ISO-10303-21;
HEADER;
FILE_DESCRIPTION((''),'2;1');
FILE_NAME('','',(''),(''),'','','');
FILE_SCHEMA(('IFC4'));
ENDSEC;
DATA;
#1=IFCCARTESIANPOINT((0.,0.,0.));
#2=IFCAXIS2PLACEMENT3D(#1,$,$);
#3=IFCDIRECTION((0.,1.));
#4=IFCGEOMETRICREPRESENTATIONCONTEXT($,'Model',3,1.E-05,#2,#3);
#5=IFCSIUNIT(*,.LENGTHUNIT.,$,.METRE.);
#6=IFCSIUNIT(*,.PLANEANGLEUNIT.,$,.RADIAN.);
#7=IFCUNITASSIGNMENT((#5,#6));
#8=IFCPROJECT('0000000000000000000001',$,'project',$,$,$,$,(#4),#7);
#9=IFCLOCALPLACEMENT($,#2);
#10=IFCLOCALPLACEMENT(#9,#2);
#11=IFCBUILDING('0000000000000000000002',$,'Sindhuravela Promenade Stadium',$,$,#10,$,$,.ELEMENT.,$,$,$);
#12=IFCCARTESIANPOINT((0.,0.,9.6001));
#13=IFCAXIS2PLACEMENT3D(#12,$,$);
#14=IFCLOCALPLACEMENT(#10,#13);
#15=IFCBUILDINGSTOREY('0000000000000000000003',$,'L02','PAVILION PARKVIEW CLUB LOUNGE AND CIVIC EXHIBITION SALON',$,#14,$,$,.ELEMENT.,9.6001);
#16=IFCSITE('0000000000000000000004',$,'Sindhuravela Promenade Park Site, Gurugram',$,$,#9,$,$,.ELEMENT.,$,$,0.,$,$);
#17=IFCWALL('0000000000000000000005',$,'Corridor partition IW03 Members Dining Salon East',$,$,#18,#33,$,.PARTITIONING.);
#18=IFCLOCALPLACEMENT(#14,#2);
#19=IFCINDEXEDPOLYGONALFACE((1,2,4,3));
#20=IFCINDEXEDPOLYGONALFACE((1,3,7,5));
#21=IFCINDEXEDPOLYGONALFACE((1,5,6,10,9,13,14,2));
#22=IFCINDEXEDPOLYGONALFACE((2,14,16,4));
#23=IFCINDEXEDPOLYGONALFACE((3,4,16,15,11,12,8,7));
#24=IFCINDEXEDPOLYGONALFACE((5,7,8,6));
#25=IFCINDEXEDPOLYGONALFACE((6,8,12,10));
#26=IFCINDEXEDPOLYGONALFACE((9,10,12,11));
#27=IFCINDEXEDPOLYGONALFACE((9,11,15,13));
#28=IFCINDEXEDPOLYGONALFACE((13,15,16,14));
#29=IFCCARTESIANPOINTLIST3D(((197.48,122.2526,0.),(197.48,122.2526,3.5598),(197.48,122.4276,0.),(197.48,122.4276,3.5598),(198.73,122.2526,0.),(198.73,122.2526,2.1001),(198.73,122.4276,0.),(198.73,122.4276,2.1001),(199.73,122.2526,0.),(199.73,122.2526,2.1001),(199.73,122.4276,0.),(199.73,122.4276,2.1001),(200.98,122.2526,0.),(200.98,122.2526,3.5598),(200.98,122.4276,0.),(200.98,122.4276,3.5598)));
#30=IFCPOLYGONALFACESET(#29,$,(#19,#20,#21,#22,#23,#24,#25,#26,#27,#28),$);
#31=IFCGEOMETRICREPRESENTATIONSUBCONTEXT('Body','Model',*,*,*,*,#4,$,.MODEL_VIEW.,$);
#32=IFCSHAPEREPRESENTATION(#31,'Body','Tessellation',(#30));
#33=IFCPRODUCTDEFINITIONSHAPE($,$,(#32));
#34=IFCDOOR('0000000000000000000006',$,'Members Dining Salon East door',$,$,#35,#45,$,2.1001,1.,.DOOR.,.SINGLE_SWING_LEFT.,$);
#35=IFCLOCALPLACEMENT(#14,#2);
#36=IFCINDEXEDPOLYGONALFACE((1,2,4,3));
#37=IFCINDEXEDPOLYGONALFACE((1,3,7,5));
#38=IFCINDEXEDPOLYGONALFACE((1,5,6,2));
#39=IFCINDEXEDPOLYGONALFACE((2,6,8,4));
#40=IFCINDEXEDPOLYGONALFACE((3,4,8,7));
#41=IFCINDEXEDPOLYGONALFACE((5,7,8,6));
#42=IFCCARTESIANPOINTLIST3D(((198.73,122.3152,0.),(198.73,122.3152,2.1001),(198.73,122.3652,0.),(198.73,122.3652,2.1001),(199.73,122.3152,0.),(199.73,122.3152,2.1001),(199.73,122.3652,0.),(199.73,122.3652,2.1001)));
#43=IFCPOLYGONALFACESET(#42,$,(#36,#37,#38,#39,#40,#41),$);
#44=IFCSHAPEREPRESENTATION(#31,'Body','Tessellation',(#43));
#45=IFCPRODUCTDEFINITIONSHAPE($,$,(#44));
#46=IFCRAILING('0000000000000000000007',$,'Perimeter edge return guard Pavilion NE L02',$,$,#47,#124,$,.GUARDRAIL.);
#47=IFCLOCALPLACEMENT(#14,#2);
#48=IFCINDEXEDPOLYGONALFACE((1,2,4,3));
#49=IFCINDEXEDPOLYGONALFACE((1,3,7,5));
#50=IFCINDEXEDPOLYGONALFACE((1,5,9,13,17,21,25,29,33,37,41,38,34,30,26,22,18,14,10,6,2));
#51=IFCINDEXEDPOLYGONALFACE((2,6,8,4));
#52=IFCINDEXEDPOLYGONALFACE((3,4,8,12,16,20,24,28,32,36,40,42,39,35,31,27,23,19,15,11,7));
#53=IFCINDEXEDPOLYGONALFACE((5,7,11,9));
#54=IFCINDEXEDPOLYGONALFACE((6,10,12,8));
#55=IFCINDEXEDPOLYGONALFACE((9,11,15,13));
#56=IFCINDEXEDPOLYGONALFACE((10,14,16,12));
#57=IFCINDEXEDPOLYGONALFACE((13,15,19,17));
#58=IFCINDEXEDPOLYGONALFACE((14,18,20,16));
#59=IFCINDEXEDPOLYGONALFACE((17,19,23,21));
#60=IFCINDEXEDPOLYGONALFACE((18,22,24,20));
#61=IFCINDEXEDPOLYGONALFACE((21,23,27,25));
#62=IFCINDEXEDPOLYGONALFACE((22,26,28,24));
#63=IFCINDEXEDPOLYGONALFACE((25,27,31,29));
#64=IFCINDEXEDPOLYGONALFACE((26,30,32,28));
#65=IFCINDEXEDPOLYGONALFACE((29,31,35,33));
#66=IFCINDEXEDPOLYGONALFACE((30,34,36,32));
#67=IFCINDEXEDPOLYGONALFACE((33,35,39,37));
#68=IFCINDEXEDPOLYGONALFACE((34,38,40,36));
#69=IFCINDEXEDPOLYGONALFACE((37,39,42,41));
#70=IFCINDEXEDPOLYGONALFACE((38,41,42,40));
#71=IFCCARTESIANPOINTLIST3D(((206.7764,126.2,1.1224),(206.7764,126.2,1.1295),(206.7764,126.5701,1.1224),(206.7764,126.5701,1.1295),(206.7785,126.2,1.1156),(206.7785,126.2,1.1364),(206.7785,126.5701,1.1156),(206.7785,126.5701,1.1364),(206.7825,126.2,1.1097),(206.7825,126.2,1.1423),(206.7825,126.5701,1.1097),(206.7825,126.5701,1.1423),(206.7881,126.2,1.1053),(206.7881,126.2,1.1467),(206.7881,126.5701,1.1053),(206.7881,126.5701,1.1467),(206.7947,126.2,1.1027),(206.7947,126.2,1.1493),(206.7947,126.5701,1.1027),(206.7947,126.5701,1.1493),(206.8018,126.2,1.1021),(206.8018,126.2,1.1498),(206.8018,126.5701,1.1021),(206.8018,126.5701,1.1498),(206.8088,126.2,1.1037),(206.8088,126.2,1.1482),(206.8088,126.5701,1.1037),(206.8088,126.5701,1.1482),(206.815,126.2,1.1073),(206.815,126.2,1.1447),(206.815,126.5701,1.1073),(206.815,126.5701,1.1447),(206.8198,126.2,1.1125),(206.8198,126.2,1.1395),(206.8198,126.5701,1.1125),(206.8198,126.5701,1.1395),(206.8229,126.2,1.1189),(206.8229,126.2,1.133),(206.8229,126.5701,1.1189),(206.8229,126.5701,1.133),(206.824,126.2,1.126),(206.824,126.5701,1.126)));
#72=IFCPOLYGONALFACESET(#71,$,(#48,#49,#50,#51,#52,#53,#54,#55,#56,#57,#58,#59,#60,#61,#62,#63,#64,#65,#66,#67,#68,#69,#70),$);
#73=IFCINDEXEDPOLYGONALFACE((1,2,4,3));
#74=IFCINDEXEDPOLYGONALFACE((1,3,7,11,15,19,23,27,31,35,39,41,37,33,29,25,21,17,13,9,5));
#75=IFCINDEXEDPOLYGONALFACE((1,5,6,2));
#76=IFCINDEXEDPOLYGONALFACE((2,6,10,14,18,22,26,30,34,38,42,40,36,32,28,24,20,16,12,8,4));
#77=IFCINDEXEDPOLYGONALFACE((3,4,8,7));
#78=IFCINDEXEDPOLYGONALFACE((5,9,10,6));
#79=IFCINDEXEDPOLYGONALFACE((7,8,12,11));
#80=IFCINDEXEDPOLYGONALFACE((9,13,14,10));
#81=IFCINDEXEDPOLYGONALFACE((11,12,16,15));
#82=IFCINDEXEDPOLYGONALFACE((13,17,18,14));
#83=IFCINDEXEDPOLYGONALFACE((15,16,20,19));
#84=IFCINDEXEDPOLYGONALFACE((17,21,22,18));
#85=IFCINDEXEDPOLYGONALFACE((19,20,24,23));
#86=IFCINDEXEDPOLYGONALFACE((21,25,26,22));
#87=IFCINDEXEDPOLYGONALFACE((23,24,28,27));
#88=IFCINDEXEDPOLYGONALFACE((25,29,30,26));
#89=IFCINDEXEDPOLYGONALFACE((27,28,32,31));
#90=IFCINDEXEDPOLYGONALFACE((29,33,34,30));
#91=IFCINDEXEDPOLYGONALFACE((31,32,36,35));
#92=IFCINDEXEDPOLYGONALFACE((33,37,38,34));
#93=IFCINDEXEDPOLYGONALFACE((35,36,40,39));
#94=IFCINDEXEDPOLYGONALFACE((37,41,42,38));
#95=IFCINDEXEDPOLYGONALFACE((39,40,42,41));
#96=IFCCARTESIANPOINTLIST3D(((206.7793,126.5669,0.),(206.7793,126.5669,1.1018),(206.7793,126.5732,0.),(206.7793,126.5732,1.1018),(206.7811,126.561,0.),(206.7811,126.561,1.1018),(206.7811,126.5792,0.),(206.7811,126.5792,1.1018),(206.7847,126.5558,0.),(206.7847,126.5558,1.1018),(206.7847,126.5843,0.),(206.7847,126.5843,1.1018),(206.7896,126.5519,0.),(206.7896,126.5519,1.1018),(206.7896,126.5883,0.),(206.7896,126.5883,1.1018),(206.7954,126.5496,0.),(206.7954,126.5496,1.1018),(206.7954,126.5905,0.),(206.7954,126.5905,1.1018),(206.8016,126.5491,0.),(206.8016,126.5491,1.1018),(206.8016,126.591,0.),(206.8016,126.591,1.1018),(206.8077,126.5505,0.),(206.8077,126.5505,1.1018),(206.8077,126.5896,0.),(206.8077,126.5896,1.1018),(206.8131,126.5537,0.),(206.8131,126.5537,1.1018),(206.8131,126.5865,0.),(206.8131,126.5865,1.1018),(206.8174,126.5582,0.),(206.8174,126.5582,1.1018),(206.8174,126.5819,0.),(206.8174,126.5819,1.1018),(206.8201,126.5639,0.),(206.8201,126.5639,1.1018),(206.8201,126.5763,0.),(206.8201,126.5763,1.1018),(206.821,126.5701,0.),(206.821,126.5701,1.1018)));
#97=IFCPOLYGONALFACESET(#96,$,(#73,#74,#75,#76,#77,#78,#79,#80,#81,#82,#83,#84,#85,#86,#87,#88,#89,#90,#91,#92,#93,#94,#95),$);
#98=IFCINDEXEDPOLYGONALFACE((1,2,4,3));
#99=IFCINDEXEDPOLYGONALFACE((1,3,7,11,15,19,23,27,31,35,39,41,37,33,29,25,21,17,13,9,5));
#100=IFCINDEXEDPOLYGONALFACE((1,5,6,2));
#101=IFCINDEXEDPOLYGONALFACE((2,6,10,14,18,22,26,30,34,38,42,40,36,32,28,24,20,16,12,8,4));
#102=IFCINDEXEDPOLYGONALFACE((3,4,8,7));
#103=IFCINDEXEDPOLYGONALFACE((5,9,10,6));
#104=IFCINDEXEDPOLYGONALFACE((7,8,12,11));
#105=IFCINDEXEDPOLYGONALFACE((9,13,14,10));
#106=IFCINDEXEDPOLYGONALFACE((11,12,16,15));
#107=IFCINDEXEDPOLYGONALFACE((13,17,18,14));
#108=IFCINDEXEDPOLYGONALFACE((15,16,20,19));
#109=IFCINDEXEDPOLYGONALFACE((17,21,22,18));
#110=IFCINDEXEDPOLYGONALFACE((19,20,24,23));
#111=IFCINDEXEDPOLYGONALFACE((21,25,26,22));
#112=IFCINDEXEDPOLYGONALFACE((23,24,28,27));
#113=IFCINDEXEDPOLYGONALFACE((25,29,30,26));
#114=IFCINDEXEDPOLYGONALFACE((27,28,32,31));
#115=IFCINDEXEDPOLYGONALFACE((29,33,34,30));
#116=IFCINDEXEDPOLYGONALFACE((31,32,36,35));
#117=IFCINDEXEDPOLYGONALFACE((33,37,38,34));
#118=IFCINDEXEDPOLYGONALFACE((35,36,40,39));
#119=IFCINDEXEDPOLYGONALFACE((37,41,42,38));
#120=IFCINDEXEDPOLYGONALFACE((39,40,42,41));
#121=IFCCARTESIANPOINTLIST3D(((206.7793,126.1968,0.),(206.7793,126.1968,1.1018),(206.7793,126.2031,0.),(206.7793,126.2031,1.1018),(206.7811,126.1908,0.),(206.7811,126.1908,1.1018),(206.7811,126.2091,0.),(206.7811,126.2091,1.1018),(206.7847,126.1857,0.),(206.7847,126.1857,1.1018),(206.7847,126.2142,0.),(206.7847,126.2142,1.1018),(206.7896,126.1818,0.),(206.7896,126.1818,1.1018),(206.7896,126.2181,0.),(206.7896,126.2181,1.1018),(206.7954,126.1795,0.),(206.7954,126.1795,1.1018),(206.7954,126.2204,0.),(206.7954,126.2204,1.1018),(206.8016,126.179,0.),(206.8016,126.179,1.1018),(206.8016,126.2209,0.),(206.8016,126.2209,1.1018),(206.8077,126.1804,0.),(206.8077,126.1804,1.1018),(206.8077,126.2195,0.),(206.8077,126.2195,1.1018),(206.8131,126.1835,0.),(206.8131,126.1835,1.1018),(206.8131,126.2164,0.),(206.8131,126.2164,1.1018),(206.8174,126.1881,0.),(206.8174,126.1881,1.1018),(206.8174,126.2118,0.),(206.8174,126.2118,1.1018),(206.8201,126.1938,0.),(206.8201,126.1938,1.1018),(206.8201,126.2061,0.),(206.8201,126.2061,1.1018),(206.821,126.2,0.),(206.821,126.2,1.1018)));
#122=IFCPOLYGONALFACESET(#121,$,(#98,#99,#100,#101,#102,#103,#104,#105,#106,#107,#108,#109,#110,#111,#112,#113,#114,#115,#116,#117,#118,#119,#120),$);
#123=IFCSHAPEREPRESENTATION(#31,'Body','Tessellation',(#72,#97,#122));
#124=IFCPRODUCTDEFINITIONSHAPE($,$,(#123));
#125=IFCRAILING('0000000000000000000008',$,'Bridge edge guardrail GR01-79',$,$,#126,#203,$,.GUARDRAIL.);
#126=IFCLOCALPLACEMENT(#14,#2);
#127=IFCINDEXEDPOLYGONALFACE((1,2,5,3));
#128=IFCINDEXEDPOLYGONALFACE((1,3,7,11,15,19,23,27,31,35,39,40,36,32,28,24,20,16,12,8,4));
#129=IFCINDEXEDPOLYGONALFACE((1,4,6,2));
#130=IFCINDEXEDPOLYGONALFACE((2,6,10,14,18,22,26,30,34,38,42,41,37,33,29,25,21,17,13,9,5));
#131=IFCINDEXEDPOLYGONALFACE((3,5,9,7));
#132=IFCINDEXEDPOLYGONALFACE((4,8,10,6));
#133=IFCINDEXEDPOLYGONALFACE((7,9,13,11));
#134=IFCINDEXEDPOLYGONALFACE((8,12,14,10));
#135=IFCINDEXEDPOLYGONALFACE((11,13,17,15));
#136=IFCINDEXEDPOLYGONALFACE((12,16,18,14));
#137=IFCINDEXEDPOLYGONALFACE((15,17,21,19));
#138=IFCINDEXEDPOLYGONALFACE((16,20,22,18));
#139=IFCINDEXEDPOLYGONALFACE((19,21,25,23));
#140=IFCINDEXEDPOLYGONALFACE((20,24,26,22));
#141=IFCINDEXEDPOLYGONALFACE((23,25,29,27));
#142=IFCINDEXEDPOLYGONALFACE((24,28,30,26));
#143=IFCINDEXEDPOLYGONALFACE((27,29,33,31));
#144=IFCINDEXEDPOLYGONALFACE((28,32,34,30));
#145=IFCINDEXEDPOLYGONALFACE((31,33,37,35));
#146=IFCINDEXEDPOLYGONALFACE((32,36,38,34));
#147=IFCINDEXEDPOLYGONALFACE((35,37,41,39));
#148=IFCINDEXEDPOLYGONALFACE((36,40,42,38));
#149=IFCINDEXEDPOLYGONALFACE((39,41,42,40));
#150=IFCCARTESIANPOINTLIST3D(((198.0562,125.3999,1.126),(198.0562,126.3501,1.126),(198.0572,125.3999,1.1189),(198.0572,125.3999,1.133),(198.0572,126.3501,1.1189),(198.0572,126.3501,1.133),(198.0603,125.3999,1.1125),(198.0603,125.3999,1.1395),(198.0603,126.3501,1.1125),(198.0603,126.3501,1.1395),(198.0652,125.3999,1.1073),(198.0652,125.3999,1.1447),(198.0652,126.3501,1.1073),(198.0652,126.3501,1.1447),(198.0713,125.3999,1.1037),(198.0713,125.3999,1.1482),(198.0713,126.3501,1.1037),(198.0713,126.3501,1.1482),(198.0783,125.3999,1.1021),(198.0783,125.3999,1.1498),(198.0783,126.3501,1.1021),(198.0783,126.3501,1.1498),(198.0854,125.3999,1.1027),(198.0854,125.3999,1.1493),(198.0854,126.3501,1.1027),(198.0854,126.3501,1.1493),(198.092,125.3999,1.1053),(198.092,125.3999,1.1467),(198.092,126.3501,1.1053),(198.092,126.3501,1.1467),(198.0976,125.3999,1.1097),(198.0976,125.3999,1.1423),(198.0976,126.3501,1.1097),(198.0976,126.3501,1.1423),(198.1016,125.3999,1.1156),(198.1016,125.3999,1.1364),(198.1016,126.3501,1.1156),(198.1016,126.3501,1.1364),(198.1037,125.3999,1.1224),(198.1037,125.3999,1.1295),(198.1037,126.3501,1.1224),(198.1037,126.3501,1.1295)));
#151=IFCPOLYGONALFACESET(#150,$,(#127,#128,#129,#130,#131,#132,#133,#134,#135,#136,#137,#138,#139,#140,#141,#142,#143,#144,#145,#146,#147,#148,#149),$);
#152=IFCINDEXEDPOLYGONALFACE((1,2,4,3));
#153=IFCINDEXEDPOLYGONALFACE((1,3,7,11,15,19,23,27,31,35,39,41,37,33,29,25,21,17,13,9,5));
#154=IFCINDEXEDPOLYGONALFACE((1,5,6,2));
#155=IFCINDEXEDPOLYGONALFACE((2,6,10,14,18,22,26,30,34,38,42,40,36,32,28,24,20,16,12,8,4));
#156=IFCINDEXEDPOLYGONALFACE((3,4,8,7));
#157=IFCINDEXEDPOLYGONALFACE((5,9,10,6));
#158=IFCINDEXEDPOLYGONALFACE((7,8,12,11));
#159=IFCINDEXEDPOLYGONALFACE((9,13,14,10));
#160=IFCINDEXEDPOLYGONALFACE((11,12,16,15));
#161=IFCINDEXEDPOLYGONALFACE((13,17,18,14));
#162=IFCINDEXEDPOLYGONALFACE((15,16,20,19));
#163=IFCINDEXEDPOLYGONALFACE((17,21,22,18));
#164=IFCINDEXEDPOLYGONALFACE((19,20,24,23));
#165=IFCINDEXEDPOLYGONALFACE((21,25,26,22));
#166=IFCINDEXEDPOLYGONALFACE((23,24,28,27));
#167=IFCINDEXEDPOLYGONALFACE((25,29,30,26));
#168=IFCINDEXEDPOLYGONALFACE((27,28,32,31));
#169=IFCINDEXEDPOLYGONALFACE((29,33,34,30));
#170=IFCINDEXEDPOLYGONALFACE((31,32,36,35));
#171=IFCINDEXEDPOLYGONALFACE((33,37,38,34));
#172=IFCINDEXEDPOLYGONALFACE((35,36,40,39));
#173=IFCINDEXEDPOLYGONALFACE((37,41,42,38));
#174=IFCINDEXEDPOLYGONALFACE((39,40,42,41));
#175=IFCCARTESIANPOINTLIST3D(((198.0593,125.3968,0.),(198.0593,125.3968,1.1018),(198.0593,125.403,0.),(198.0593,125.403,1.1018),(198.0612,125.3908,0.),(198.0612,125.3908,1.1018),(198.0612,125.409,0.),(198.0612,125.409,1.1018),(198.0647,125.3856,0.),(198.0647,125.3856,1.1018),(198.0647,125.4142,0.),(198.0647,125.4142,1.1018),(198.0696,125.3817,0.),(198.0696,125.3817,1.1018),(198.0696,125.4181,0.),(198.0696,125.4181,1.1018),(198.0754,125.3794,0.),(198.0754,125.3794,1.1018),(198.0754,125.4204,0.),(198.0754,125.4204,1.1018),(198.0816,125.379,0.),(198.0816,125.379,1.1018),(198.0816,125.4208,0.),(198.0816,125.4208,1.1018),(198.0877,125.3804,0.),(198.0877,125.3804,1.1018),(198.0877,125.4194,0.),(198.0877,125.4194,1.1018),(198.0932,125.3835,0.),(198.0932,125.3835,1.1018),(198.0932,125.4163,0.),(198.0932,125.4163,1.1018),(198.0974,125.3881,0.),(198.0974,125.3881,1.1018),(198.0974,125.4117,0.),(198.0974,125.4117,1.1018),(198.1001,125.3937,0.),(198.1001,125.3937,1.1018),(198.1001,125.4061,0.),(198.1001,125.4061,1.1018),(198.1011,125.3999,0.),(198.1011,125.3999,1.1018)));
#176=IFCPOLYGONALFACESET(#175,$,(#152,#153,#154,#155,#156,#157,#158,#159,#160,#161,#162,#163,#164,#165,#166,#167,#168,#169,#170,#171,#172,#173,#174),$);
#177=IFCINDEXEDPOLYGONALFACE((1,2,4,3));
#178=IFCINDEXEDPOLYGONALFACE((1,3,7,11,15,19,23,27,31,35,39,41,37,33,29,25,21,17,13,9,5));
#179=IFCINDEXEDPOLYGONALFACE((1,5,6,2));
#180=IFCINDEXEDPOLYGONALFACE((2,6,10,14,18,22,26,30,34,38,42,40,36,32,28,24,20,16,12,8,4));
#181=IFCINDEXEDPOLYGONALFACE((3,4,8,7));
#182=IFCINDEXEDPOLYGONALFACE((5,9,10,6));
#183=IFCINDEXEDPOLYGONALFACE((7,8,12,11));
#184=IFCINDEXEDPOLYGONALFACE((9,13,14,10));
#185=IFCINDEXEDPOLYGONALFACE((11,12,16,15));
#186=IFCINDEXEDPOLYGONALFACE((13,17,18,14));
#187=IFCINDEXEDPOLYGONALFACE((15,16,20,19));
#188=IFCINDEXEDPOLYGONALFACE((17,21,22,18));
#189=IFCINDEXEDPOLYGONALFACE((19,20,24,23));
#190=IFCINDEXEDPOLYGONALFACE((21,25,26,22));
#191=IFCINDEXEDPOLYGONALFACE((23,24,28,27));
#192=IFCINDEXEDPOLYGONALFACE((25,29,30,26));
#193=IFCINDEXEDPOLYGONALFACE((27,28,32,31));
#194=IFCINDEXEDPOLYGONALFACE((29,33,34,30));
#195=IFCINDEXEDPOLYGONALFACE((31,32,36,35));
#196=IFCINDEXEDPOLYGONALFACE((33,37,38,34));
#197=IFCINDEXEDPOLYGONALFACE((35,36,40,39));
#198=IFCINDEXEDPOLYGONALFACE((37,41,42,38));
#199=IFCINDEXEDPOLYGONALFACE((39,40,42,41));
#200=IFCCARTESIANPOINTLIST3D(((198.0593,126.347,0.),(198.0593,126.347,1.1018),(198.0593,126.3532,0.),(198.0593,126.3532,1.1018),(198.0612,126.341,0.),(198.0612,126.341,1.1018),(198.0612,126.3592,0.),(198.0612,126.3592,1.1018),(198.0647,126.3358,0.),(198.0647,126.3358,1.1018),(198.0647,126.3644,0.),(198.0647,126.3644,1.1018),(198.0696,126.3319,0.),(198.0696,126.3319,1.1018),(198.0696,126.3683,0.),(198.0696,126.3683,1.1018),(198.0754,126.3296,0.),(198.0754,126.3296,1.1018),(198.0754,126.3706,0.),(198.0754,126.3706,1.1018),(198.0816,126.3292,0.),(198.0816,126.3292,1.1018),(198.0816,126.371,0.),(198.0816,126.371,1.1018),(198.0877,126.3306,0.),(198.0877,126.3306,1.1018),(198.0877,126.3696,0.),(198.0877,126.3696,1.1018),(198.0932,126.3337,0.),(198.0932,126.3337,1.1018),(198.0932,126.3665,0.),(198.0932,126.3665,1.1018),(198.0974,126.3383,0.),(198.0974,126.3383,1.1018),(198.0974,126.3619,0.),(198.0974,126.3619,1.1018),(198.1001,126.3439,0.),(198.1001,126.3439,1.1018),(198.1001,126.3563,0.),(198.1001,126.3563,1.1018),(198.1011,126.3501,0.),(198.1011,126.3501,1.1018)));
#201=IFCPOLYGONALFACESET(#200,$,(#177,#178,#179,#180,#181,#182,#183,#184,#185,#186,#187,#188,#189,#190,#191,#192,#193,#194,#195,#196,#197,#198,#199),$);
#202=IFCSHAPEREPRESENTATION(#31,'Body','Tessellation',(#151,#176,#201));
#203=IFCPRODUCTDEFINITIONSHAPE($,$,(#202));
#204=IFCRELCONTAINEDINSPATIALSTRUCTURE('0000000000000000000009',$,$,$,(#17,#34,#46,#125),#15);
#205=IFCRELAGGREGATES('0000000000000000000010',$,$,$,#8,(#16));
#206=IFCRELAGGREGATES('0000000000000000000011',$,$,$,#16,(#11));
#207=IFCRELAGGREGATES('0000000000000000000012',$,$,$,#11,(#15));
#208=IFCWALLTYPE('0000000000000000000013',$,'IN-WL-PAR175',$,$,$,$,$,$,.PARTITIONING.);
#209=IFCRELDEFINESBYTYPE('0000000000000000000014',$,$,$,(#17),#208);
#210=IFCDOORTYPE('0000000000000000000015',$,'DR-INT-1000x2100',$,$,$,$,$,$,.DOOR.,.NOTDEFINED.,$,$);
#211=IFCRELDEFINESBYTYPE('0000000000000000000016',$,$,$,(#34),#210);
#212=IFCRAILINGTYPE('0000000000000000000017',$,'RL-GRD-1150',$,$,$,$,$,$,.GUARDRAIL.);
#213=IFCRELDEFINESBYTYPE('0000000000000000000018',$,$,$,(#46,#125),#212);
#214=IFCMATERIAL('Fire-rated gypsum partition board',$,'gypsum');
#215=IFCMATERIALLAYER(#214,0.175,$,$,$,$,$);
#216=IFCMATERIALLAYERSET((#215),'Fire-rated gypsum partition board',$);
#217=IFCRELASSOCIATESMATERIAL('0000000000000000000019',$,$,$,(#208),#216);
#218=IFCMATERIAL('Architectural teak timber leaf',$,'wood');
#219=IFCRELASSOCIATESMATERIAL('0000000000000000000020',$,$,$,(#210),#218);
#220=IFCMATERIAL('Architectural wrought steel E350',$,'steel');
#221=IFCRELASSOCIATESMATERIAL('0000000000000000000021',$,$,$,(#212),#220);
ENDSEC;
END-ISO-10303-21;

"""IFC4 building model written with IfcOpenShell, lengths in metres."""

from ifc_helpers import new_model, si_unit, direction, frame, frame_2d, origin, origin_2d, place, context, subcontext, project, spatial, rectangle, circle, extrude, material, layer, layer_set, type_object, element, fill, save


model = new_model("IFC4")

# Units and contexts
model_context = context("Model", 3, precision=1e-05, world=origin(), true_north=direction((0.0, 1.0)))
body_context = subcontext(model_context, "Body", "Model", "MODEL_VIEW")
ifc_project = project(units=[si_unit("LENGTHUNIT", "METRE"), si_unit("PLANEANGLEUNIT", "RADIAN")], contexts=[model_context])

# Site, building, storey
site_placement = place(None, origin())
site = spatial("IfcSite", under=ifc_project, at=site_placement, Name="Sindhuravela Promenade Park Site, Gurugram", CompositionType="ELEMENT", RefElevation=0.0)
building_placement = place(site_placement, origin())
building = spatial("IfcBuilding", under=site, at=building_placement, Name="Sindhuravela Promenade Stadium", CompositionType="ELEMENT")
storey_placement = place(building_placement, frame((0.0, 0.0, 9.6001)))
storey = spatial("IfcBuildingStorey", under=building, at=storey_placement, Name="L02", Description="PAVILION PARKVIEW CLUB LOUNGE AND CIVIC EXHIBITION SALON", CompositionType="ELEMENT", Elevation=9.6001)

# Shared definitions
ifc_material_1 = material(Name="Fire-rated gypsum partition board", Category="gypsum")

# Shared definitions
ifc_material_2 = material(Name="Architectural teak timber leaf", Category="wood")

# Wall, opening, door
ifc_layer_1 = layer(ifc_material_1, 0.175)
ifc_layer_set_1 = layer_set([ifc_layer_1], Name="Fire-rated gypsum partition board")
wall_type_1 = type_object("IfcWallType", Name="IN-WL-PAR175", PredefinedType="PARTITIONING", material=ifc_layer_set_1)
wall_1_placement = place(storey_placement, frame((200.98, 122.3401, 0.0), z_axis=(0.0, 0.0, 1.0), x_axis=(-1.0, 0.0, 0.0)))
wall_1 = element("IfcWall", 1, at=wall_1_placement, inside=storey, type_object=wall_type_1, Name="Corridor partition IW03 Members Dining Salon East", PredefinedType="PARTITIONING", context=body_context, shape_type="SweptSolid", body=[
    extrude(rectangle(XDim=3.5, YDim=0.175, at=frame_2d((1.75, 0.0))), origin(), (0.0, 0.0, 1.0), 3.5598),
])
opening_1_placement = place(wall_1_placement, frame((1.25, 0.0, 0.0)))
opening_1 = element("IfcOpeningElement", 2, at=opening_1_placement, cuts=wall_1, PredefinedType="OPENING", context=body_context, shape_type="SweptSolid", body=[
    extrude(rectangle(XDim=1.0, YDim=2.1001, at=frame_2d((0.5, 1.05))), frame((0.0, 0.0974, 0.0), z_axis=(0.0, -1.0, 0.0), x_axis=(1.0, 0.0, 0.0)), (0.0, 0.0, 1.0), 0.1951),
])
door_type_1 = type_object("IfcDoorType", Name="DR-INT-1000x2100", OperationType="NOTDEFINED", PredefinedType="DOOR", material=ifc_material_2)
door_1_placement = place(opening_1_placement, origin())
door_1 = element("IfcDoor", 3, at=door_1_placement, inside=storey, type_object=door_type_1, Name="Members Dining Salon East door", OperationType="SINGLE_SWING_LEFT", OverallHeight=2.1001, OverallWidth=1.0, PredefinedType="DOOR", context=body_context, shape_type="SweptSolid", body=[
    extrude(rectangle(XDim=1.0, YDim=2.1001, at=frame_2d((0.5, 1.05))), frame((0.0, 0.0249, 0.0), z_axis=(0.0, -1.0, 0.0), x_axis=(1.0, 0.0, 0.0)), (0.0, 0.0, 1.0), 0.05),
])
fill(opening_1, door_1)

# Railings
ifc_material_3 = material(Name="Architectural wrought steel E350", Category="steel")
railing_type = type_object("IfcRailingType", Name="RL-GRD-1150", PredefinedType="GUARDRAIL", material=ifc_material_3)
railing_placement = place(storey_placement, frame((206.8, 126.5701, 0.0)))
element("IfcRailing", 4, at=railing_placement, inside=storey, type_object=railing_type, Name="Perimeter edge return guard Pavilion NE L02", PredefinedType="GUARDRAIL", context=body_context, shape_type="SweptSolid", body=[
    extrude(circle(Radius=0.0239, at=origin_2d()), frame((0.0, 0.0, 1.126), z_axis=(0.0, -1.0, 0.0), x_axis=(1.0, 0.0, 0.0)), (0.0, 0.0, 1.0), 0.3701),
    extrude(circle(Radius=0.021, at=origin_2d()), origin(), (0.0, 0.0, 1.0), 1.1018),
    extrude(circle(Radius=0.021, at=origin_2d()), frame((0.0, -0.3701, 0.0)), (0.0, 0.0, 1.0), 1.1018),
])
for number, where, name in (
    (5, (198.0801, 125.3999, 0.0), "Bridge edge guardrail GR01-79"),
):
    element("IfcRailing", number, at=place(storey_placement, frame(where)), inside=storey, type_object=railing_type, Name=name, PredefinedType="GUARDRAIL", context=body_context, shape_type="SweptSolid", body=[
        extrude(circle(Radius=0.0239, at=origin_2d()), frame((0.0, 0.0, 1.126), z_axis=(0.0, 1.0, 0.0), x_axis=(-1.0, 0.0, 0.0)), (0.0, 0.0, 1.0), 0.9502),
        extrude(circle(Radius=0.021, at=origin_2d()), origin(), (0.0, 0.0, 1.0), 1.1018),
        extrude(circle(Radius=0.021, at=origin_2d()), frame((0.0, 0.9502, 0.0)), (0.0, 0.0, 1.0), 1.1018),
    ])

save(model, "model.ifc")
